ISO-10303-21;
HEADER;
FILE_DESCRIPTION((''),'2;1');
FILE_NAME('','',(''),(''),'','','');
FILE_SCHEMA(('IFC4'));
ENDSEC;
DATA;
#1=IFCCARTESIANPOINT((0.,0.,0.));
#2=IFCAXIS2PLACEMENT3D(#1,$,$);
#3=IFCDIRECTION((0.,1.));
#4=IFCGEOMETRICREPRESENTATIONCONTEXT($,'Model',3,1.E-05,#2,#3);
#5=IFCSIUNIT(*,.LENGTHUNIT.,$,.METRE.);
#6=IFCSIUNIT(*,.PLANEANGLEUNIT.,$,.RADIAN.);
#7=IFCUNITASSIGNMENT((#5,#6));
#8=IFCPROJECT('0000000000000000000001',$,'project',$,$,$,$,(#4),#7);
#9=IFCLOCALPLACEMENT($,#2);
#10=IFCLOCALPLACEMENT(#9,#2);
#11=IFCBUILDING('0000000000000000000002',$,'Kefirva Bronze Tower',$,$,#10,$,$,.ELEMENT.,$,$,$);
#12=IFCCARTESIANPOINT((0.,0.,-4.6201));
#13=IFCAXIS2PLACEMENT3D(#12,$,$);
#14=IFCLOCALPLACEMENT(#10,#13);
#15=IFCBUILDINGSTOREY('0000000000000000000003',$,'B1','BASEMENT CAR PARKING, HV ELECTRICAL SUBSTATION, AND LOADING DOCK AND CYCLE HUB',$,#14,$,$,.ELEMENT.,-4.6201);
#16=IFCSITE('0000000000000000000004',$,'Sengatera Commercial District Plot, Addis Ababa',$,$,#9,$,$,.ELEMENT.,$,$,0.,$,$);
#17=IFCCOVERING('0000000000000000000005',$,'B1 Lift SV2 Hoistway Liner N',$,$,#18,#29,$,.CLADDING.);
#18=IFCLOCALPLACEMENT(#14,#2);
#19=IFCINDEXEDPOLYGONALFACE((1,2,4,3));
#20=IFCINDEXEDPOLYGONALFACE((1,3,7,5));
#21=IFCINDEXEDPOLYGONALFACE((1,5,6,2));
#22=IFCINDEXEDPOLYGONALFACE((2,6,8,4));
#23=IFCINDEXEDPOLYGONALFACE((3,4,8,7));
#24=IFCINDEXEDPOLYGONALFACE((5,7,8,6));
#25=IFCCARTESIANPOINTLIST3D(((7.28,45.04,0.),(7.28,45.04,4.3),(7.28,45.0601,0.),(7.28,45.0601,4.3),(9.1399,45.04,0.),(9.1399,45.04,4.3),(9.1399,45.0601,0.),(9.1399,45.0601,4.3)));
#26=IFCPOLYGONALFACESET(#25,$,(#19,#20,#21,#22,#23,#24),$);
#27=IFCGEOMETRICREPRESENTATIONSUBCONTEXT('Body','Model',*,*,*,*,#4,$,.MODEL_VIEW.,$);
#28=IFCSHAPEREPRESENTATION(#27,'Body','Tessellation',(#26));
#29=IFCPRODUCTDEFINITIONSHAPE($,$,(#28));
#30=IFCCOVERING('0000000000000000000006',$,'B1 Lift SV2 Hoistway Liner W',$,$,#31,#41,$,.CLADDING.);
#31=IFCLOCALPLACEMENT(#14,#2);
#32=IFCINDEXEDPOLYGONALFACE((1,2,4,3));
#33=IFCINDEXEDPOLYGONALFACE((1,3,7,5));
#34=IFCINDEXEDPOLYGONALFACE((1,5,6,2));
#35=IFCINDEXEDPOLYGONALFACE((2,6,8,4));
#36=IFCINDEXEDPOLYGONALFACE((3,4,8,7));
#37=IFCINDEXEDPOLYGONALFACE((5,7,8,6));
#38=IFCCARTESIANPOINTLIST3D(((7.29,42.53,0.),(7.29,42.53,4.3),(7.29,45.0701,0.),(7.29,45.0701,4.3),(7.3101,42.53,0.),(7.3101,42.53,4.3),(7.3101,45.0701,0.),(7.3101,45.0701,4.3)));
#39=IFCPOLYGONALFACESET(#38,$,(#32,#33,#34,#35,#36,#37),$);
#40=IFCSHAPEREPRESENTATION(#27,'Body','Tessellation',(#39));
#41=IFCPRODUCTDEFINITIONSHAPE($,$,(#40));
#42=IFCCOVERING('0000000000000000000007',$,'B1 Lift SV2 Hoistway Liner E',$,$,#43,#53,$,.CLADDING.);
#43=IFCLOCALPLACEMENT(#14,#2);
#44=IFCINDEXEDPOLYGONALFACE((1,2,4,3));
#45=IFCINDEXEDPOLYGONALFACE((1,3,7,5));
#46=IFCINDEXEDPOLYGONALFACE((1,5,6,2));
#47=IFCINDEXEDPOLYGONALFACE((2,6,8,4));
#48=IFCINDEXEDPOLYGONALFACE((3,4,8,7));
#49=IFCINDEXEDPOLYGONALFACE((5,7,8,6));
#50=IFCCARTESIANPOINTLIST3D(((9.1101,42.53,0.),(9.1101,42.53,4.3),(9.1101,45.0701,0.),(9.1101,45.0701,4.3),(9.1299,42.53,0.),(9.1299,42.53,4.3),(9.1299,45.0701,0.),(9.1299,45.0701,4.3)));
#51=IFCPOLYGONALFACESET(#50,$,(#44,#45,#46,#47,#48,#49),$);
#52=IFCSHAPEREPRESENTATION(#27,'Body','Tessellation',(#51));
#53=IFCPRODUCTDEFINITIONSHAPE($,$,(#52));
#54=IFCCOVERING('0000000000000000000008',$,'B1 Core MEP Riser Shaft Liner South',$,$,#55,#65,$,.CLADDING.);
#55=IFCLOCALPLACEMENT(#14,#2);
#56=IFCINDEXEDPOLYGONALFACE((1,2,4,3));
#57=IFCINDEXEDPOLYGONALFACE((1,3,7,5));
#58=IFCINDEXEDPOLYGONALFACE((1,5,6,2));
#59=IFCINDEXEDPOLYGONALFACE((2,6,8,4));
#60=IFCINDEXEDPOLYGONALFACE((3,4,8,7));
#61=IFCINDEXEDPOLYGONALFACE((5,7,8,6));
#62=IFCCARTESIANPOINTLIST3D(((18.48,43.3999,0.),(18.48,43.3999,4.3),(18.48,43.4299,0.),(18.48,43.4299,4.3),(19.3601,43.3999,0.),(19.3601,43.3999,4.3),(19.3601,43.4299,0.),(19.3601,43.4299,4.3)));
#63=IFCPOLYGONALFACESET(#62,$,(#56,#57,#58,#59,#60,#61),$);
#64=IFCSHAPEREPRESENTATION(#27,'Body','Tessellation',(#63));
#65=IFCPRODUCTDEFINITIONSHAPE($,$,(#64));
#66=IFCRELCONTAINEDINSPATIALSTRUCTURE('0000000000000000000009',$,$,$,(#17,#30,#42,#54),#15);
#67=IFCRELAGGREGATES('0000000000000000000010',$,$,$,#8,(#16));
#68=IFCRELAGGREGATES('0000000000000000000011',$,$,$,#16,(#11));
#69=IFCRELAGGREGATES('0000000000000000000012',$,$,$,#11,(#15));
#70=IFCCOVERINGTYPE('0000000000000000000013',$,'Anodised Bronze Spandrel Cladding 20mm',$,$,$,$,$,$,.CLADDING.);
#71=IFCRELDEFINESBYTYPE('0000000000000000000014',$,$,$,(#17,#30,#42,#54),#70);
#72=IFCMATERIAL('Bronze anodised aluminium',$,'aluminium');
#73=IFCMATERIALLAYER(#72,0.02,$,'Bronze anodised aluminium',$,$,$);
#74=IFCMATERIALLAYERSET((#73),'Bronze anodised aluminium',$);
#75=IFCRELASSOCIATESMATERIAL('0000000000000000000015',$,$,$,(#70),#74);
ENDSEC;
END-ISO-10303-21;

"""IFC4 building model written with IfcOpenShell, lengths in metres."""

from ifc_helpers import new_model, si_unit, direction, frame, origin, place, context, subcontext, project, spatial, polyline, outline, extrude, material, layer, layer_set, type_object, element, save


model = new_model("IFC4")

# Units and contexts
model_context = context("Model", 3, precision=1e-05, world=origin(), true_north=direction((0.0, 1.0)))
body_context = subcontext(model_context, "Body", "Model", "MODEL_VIEW")
ifc_project = project(units=[si_unit("LENGTHUNIT", "METRE"), si_unit("PLANEANGLEUNIT", "RADIAN")], contexts=[model_context])

# Site, building, storey
site_placement = place(None, origin())
site = spatial("IfcSite", under=ifc_project, at=site_placement, Name="Sengatera Commercial District Plot, Addis Ababa", CompositionType="ELEMENT", RefElevation=0.0)
building_placement = place(site_placement, origin())
building = spatial("IfcBuilding", under=site, at=building_placement, Name="Kefirva Bronze Tower", CompositionType="ELEMENT")
storey_placement = place(building_placement, frame((0.0, 0.0, -4.6201)))
storey = spatial("IfcBuildingStorey", under=building, at=storey_placement, Name="B1", Description="BASEMENT CAR PARKING, HV ELECTRICAL SUBSTATION, AND LOADING DOCK AND CYCLE HUB", CompositionType="ELEMENT", Elevation=-4.6201)

# Coverings
ifc_material_1 = material(Name="Bronze anodised aluminium", Category="aluminium")
ifc_layer_1 = layer(ifc_material_1, 0.02, Name="Bronze anodised aluminium")
ifc_layer_set_1 = layer_set([ifc_layer_1], Name="Bronze anodised aluminium")
covering_type = type_object("IfcCoveringType", Name="Anodised Bronze Spandrel Cladding 20mm", PredefinedType="CLADDING", material=ifc_layer_set_1)
covering_1_placement = place(storey_placement, origin())
element("IfcCovering", 1, at=covering_1_placement, inside=storey, type_object=covering_type, Name="B1 Lift SV2 Hoistway Liner N", PredefinedType="CLADDING", context=body_context, shape_type="SweptSolid", body=[
    extrude(outline(polyline([(7.28, 45.04), (9.1399, 45.04), (9.1399, 45.0601), (7.28, 45.0601), (7.28, 45.04)])), origin(), (0.0, 0.0, 1.0), 4.3),
])
covering_2_placement = place(storey_placement, origin())
element("IfcCovering", 2, at=covering_2_placement, inside=storey, type_object=covering_type, Name="B1 Lift SV2 Hoistway Liner W", PredefinedType="CLADDING", context=body_context, shape_type="SweptSolid", body=[
    extrude(outline(polyline([(7.29, 42.53), (7.3101, 42.53), (7.3101, 45.0701), (7.29, 45.0701), (7.29, 42.53)])), origin(), (0.0, 0.0, 1.0), 4.3),
])
covering_3_placement = place(storey_placement, origin())
element("IfcCovering", 3, at=covering_3_placement, inside=storey, type_object=covering_type, Name="B1 Lift SV2 Hoistway Liner E", PredefinedType="CLADDING", context=body_context, shape_type="SweptSolid", body=[
    extrude(outline(polyline([(9.1101, 42.53), (9.1299, 42.53), (9.1299, 45.0701), (9.1101, 45.0701), (9.1101, 42.53)])), origin(), (0.0, 0.0, 1.0), 4.3),
])
covering_4_placement = place(storey_placement, origin())
element("IfcCovering", 4, at=covering_4_placement, inside=storey, type_object=covering_type, Name="B1 Core MEP Riser Shaft Liner South", PredefinedType="CLADDING", context=body_context, shape_type="SweptSolid", body=[
    extrude(outline(polyline([(18.48, 43.3999), (19.3601, 43.3999), (19.3601, 43.4299), (18.48, 43.4299), (18.48, 43.3999)])), origin(), (0.0, 0.0, 1.0), 4.3),
])

save(model, "model.ifc")
